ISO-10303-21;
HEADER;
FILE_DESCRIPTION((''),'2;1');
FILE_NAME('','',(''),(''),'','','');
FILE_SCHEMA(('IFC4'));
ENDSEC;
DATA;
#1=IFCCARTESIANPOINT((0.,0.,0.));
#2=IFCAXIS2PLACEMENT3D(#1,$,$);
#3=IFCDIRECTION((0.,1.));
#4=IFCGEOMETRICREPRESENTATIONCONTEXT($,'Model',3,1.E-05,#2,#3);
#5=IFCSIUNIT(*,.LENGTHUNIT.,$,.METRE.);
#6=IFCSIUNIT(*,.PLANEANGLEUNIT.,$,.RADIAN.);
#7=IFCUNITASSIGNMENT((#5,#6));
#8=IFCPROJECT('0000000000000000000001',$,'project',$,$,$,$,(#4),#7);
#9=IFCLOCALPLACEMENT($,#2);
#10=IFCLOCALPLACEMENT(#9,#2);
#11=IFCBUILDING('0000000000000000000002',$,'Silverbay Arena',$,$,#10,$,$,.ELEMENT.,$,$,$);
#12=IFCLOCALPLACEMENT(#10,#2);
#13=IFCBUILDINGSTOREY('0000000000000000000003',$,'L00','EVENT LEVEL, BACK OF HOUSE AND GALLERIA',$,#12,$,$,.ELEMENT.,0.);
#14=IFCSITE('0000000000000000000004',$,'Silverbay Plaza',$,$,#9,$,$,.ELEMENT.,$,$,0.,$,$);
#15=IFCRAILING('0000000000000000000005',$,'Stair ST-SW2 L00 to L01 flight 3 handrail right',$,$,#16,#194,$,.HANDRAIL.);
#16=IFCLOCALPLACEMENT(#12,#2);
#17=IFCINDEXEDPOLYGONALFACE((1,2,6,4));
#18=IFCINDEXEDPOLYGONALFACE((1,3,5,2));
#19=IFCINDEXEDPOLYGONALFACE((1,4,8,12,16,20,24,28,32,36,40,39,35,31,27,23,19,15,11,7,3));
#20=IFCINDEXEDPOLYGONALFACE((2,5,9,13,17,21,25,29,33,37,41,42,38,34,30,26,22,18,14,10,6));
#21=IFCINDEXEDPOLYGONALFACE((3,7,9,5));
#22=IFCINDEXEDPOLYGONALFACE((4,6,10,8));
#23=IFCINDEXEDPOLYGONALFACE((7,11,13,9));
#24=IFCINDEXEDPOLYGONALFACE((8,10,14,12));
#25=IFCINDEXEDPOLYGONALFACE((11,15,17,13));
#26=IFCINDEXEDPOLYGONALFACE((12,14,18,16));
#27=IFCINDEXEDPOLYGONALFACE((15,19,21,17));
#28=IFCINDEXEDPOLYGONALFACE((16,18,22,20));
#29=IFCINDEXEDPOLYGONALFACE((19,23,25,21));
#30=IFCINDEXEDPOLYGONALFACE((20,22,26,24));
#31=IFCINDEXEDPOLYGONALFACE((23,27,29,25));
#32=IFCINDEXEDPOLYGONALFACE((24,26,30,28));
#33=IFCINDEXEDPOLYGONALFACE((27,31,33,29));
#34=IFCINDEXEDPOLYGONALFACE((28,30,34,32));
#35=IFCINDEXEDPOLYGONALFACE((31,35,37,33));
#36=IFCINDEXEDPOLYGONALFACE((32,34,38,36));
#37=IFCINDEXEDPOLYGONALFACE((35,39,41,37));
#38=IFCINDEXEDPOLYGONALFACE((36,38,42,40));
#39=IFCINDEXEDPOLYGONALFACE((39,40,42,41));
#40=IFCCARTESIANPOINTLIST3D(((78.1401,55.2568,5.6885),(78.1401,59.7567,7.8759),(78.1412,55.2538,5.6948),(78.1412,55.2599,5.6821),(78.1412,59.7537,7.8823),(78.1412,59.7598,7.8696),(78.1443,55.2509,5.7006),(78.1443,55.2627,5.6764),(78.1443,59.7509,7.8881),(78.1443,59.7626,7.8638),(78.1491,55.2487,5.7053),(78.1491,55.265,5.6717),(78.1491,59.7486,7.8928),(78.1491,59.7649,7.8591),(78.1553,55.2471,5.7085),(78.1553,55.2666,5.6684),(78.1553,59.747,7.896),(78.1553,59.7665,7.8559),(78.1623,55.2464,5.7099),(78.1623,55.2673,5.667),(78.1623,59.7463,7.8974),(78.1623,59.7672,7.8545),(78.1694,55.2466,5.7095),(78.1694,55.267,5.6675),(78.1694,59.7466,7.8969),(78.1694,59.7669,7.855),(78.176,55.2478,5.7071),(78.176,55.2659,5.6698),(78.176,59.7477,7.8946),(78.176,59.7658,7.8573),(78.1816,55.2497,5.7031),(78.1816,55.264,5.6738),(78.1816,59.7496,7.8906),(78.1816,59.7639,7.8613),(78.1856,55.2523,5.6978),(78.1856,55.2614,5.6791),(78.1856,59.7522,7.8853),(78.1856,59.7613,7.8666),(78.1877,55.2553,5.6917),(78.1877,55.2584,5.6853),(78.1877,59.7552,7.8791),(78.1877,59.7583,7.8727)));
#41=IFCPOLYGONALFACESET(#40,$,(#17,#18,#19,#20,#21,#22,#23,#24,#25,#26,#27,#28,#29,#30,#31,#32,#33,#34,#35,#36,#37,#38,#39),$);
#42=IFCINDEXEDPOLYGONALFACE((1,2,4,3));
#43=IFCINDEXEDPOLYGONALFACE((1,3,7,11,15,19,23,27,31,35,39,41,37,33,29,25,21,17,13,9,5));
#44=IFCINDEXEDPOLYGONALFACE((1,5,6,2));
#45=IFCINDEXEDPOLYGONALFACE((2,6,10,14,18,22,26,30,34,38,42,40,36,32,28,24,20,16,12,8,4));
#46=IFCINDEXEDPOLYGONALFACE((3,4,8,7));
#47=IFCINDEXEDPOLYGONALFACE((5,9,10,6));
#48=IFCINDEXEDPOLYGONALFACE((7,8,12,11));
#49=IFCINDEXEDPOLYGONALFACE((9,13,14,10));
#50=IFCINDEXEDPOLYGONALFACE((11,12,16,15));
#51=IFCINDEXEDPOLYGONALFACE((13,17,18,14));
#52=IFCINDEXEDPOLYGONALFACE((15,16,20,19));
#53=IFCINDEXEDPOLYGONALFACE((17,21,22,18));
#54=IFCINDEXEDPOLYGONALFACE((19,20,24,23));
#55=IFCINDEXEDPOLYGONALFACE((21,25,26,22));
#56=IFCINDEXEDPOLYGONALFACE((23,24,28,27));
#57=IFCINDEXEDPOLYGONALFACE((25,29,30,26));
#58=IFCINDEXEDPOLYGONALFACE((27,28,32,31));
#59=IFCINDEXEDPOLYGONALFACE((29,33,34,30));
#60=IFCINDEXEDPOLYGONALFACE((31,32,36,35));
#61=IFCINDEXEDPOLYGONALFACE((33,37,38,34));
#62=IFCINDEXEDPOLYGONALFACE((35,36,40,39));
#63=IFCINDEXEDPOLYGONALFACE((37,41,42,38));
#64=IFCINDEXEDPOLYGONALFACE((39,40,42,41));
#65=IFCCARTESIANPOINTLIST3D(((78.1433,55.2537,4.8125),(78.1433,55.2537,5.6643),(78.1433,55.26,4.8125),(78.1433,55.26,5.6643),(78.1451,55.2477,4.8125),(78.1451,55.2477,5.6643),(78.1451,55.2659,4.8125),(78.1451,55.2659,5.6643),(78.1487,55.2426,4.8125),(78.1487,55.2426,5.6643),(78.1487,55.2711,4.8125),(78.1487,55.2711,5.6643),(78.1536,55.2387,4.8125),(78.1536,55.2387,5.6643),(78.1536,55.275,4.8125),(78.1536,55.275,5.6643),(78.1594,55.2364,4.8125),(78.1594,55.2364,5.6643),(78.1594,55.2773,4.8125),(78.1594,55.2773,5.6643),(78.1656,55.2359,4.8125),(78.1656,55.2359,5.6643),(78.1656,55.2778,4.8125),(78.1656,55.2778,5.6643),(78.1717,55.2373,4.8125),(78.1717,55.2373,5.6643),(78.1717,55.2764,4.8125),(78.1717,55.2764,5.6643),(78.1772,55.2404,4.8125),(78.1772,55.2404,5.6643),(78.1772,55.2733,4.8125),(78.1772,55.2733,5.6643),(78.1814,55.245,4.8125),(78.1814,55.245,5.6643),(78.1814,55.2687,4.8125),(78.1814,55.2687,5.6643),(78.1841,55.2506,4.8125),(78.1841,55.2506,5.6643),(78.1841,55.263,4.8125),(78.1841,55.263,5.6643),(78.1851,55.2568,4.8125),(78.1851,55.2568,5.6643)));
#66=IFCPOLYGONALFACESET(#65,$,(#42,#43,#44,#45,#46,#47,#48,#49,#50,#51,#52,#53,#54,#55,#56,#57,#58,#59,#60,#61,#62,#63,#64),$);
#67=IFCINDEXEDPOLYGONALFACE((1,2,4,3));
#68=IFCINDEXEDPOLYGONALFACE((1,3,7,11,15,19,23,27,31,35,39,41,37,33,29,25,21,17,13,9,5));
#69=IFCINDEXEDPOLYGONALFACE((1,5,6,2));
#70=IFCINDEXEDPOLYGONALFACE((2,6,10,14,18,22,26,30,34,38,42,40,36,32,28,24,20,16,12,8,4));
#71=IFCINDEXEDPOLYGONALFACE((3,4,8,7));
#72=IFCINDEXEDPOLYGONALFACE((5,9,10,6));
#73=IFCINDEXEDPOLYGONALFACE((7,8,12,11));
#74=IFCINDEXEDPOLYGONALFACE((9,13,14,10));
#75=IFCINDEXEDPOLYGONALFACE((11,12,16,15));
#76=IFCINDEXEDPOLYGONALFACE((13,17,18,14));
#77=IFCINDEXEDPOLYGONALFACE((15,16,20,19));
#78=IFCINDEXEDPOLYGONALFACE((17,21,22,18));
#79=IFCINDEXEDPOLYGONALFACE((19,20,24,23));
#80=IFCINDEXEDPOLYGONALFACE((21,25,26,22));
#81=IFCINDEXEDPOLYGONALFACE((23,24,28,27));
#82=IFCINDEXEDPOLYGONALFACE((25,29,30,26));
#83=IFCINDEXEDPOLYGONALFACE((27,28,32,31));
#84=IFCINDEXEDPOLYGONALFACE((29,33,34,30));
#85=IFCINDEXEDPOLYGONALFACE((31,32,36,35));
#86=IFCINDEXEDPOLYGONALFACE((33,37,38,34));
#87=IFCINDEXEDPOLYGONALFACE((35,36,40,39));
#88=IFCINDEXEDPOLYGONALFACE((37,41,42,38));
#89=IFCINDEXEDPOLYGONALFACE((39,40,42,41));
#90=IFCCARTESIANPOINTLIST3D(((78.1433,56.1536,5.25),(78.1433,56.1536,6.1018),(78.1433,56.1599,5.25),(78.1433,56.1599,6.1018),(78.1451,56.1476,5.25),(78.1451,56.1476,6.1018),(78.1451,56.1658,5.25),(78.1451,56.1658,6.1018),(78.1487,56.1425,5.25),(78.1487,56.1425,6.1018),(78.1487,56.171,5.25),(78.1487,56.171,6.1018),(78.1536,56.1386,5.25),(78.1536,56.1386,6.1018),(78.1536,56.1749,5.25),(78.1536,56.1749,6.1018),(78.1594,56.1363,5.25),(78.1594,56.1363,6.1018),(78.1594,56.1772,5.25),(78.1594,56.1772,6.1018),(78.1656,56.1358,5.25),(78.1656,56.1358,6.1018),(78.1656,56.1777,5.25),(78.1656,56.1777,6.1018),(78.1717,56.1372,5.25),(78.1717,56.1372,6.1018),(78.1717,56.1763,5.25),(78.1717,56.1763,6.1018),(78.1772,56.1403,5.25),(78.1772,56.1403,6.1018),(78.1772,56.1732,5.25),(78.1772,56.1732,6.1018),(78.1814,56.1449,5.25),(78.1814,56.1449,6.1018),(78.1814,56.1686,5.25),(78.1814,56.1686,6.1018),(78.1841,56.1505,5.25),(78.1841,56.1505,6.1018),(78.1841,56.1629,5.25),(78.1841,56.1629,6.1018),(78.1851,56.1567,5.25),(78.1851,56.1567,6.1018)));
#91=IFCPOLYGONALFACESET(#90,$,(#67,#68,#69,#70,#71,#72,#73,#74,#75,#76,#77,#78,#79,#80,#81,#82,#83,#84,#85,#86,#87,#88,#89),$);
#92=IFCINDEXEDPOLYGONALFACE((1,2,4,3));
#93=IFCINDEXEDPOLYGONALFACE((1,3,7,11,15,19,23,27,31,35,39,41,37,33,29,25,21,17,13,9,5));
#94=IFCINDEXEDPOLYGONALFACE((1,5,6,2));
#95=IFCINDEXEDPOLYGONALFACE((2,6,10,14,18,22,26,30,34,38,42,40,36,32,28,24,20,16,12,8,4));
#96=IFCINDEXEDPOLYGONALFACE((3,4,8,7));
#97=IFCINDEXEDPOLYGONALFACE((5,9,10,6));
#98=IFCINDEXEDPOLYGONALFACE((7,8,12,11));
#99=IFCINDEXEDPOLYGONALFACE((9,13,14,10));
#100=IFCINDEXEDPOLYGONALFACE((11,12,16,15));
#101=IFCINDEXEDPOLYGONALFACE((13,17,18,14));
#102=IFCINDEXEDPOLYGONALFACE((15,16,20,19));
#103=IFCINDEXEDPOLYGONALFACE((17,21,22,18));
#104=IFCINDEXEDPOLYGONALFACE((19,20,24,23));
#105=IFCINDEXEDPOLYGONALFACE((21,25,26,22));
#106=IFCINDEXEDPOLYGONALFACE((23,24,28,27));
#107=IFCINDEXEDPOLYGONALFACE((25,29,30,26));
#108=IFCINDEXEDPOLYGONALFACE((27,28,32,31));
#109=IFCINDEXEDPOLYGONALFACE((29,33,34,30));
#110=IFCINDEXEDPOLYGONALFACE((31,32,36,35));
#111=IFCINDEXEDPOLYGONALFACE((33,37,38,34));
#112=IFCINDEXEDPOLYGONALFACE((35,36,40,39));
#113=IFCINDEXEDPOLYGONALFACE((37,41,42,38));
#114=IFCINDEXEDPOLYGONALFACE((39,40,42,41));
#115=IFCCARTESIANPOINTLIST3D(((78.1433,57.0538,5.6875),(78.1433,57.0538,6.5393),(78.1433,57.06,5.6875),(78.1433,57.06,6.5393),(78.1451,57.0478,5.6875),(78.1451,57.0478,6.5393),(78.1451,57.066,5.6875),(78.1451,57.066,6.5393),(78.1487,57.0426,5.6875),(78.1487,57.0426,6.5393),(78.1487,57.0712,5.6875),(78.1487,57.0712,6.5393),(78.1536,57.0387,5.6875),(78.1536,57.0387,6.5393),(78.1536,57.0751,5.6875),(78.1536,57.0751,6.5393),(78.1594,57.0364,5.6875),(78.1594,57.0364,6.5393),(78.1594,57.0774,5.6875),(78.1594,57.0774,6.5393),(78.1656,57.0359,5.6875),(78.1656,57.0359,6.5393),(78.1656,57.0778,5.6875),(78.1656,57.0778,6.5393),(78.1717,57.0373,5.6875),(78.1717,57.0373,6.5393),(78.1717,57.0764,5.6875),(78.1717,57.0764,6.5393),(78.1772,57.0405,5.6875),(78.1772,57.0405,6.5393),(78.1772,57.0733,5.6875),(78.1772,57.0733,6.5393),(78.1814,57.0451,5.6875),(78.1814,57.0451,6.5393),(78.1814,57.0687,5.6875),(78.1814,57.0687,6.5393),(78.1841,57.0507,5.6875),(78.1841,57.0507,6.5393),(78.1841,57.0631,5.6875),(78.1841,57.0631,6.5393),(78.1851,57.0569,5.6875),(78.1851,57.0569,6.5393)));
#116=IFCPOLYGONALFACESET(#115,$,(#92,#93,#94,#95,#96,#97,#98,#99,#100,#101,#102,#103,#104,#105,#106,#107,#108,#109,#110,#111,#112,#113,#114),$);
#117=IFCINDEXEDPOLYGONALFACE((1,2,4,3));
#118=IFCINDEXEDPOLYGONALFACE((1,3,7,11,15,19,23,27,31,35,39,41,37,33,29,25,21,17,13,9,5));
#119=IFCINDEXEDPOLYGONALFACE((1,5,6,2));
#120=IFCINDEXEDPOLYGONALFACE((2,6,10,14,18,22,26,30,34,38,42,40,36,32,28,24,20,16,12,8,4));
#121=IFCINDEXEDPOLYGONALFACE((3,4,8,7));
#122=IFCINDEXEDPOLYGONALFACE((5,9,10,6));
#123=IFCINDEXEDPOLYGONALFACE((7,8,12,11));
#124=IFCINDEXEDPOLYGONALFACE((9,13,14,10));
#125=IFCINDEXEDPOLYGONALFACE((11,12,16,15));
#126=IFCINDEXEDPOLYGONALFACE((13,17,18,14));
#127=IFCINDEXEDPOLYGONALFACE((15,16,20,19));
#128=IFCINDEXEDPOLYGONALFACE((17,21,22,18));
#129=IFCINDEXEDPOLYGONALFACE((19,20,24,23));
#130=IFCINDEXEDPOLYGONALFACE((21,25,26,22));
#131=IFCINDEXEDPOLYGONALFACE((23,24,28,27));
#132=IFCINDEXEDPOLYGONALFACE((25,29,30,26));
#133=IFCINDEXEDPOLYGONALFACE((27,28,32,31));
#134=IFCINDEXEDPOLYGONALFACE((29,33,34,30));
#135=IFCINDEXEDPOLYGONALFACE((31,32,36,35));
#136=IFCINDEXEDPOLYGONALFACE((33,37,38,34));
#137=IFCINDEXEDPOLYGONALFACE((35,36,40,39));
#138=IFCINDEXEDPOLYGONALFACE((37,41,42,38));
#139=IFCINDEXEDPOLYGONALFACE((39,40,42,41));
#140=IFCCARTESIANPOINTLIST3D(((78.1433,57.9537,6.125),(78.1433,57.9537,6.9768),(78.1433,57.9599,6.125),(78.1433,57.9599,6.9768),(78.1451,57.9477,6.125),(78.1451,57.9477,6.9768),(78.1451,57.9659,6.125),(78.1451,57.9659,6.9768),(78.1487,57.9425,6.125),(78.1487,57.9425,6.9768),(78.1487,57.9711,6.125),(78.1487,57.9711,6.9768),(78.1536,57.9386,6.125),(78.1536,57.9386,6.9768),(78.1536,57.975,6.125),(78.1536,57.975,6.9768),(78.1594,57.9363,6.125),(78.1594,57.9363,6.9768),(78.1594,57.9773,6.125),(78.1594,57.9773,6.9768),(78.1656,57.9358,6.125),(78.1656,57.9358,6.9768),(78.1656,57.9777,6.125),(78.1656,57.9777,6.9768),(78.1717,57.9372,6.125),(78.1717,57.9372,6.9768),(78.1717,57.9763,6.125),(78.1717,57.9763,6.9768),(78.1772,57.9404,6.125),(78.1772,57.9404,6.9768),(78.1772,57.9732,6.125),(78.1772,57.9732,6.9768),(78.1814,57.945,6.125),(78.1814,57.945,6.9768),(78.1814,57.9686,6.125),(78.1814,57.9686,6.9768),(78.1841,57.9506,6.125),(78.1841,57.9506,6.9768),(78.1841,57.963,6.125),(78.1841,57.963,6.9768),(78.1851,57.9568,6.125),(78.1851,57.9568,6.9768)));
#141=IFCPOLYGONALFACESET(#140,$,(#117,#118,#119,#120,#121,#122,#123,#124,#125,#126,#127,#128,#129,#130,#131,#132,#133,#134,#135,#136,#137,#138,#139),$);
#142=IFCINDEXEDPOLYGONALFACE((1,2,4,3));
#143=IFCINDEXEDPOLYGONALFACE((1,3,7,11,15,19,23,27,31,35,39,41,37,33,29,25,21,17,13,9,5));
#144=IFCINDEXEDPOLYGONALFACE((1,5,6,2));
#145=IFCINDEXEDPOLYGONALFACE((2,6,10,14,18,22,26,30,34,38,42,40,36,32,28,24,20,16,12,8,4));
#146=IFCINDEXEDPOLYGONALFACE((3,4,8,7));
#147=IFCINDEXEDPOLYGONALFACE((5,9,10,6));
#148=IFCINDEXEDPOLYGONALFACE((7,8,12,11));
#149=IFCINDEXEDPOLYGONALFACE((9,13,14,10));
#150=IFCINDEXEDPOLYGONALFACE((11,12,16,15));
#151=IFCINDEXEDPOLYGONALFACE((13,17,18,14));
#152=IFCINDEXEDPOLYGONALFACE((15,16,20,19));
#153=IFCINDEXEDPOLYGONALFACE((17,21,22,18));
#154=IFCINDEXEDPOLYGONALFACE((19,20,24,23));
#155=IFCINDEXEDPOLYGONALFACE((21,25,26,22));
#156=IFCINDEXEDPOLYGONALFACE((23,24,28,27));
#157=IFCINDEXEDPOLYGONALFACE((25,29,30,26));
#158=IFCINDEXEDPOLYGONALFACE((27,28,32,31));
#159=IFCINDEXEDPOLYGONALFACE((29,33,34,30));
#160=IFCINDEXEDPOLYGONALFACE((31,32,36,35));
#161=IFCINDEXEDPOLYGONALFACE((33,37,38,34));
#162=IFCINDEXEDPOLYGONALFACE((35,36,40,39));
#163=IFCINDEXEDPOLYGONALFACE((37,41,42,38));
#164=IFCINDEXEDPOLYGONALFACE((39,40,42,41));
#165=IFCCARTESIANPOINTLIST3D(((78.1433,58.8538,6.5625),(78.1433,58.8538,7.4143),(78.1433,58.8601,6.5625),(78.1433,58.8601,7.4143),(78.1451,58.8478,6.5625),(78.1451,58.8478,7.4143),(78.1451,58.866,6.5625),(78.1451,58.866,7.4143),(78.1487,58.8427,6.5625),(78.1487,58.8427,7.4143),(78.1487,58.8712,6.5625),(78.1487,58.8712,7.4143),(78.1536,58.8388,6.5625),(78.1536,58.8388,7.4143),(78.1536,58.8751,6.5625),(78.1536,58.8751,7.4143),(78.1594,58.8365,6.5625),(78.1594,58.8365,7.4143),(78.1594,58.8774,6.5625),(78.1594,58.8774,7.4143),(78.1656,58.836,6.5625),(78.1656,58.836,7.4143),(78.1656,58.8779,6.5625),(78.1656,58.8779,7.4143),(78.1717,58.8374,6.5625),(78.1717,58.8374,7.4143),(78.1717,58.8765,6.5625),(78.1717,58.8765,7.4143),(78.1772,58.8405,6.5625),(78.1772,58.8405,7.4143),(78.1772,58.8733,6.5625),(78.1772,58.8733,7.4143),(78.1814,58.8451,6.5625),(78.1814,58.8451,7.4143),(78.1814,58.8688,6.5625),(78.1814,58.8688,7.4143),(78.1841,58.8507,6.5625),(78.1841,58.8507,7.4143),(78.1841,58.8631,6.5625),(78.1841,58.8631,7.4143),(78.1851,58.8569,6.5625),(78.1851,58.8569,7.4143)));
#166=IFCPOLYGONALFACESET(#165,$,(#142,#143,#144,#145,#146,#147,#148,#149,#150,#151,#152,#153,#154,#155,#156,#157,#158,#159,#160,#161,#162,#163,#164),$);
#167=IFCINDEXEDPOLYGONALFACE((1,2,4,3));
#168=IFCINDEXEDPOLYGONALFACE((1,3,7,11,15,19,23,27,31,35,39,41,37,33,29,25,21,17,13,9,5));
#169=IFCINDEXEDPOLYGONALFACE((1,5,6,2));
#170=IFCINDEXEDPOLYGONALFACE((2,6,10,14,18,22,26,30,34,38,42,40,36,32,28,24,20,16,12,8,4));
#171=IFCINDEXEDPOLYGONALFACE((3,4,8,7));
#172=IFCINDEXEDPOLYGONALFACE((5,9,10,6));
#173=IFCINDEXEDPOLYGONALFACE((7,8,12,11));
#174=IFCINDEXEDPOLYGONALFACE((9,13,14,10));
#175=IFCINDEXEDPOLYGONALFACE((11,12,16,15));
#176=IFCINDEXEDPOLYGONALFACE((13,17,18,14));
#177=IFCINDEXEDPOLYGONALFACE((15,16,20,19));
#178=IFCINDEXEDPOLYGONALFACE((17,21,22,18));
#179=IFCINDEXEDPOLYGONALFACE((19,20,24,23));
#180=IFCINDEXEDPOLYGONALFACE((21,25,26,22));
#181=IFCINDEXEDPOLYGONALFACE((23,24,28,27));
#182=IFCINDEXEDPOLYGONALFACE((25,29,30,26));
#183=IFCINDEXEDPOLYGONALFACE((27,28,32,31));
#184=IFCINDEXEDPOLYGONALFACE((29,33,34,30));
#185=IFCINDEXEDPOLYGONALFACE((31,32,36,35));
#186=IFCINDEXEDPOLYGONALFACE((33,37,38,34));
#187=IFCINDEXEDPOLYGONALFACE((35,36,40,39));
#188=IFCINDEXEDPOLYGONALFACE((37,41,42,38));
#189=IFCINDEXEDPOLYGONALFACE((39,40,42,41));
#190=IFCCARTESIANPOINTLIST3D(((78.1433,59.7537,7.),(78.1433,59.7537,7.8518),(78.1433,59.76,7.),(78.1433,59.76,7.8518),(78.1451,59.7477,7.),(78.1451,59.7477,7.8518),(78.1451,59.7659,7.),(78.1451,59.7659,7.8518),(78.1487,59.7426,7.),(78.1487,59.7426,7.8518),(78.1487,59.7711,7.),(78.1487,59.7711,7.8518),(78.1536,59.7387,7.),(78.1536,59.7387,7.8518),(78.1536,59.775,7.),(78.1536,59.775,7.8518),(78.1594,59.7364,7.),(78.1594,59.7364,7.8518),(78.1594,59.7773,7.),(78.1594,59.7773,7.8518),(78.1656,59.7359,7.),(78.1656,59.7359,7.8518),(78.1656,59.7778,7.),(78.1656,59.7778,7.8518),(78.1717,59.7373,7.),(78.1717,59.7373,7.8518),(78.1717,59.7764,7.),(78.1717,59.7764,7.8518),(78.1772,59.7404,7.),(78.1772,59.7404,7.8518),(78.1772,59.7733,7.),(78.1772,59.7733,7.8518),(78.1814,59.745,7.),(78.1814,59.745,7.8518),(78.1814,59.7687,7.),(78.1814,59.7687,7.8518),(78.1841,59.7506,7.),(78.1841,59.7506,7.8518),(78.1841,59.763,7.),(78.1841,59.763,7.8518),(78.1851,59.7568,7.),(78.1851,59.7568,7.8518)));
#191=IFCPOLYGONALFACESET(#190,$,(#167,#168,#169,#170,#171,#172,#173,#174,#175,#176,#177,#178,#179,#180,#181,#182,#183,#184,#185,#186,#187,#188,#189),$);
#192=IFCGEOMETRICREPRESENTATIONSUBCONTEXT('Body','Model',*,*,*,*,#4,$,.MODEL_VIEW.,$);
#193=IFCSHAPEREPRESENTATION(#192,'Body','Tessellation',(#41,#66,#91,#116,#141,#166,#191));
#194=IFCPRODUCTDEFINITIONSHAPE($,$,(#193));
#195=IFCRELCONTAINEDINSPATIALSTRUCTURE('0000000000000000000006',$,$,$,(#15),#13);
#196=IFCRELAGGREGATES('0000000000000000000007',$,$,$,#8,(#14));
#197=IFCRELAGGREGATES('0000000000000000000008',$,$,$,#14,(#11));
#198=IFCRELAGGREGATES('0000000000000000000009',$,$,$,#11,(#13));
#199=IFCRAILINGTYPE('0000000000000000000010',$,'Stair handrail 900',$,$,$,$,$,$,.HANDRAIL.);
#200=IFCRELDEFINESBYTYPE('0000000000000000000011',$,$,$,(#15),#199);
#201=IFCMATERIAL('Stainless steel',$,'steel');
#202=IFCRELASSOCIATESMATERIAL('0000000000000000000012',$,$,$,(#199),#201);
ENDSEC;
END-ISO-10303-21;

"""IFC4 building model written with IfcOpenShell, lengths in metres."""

from ifc_helpers import new_model, si_unit, direction, frame, origin, origin_2d, place, context, subcontext, project, spatial, circle, extrude, material, type_object, element, save


model = new_model("IFC4")

# Units and contexts
model_context = context("Model", 3, precision=1e-05, world=origin(), true_north=direction((0.0, 1.0)))
body_context = subcontext(model_context, "Body", "Model", "MODEL_VIEW")
ifc_project = project(units=[si_unit("LENGTHUNIT", "METRE"), si_unit("PLANEANGLEUNIT", "RADIAN")], contexts=[model_context])

# Site, building, storey
site_placement = place(None, origin())
site = spatial("IfcSite", under=ifc_project, at=site_placement, Name="Silverbay Plaza", CompositionType="ELEMENT", RefElevation=0.0)
building_placement = place(site_placement, origin())
building = spatial("IfcBuilding", under=site, at=building_placement, Name="Silverbay Arena", CompositionType="ELEMENT")
storey_placement = place(building_placement, origin())
storey = spatial("IfcBuildingStorey", under=building, at=storey_placement, Name="L00", Description="EVENT LEVEL, BACK OF HOUSE AND GALLERIA", CompositionType="ELEMENT", Elevation=0.0)

# Railing
ifc_material_1 = material(Name="Stainless steel", Category="steel")
railing_type_1 = type_object("IfcRailingType", Name="Stair handrail 900", PredefinedType="HANDRAIL", material=ifc_material_1)
for number, where, name in (
    (1, (78.1641, 55.2568, 4.8125), "Stair ST-SW2 L00 to L01 flight 3 handrail right"),
):
    element("IfcRailing", number, at=place(storey_placement, frame(where)), inside=storey, type_object=railing_type_1, Name=name, PredefinedType="HANDRAIL", context=body_context, shape_type="SweptSolid", body=[
        extrude(circle(Radius=0.0239, at=origin_2d()), frame((0.0, 0.0, 0.876), z_axis=(0.0, 0.899368, 0.437193), x_axis=(-1.0, 0.0, 0.0)), (0.0, 0.0, 1.0), 5.0034),
        extrude(circle(Radius=0.021, at=origin_2d()), origin(), (0.0, 0.0, 1.0), 0.8518),
        extrude(circle(Radius=0.021, at=origin_2d()), frame((0.0, 0.8999, 0.4375)), (0.0, 0.0, 1.0), 0.8518),
        extrude(circle(Radius=0.021, at=origin_2d()), frame((0.0, 1.8, 0.875)), (0.0, 0.0, 1.0), 0.8518),
        extrude(circle(Radius=0.021, at=origin_2d()), frame((0.0, 2.7, 1.3125)), (0.0, 0.0, 1.0), 0.8518),
        extrude(circle(Radius=0.021, at=origin_2d()), frame((0.0, 3.6001, 1.75)), (0.0, 0.0, 1.0), 0.8518),
        extrude(circle(Radius=0.021, at=origin_2d()), frame((0.0, 4.5, 2.1875)), (0.0, 0.0, 1.0), 0.8518),
    ])

save(model, "model.ifc")
